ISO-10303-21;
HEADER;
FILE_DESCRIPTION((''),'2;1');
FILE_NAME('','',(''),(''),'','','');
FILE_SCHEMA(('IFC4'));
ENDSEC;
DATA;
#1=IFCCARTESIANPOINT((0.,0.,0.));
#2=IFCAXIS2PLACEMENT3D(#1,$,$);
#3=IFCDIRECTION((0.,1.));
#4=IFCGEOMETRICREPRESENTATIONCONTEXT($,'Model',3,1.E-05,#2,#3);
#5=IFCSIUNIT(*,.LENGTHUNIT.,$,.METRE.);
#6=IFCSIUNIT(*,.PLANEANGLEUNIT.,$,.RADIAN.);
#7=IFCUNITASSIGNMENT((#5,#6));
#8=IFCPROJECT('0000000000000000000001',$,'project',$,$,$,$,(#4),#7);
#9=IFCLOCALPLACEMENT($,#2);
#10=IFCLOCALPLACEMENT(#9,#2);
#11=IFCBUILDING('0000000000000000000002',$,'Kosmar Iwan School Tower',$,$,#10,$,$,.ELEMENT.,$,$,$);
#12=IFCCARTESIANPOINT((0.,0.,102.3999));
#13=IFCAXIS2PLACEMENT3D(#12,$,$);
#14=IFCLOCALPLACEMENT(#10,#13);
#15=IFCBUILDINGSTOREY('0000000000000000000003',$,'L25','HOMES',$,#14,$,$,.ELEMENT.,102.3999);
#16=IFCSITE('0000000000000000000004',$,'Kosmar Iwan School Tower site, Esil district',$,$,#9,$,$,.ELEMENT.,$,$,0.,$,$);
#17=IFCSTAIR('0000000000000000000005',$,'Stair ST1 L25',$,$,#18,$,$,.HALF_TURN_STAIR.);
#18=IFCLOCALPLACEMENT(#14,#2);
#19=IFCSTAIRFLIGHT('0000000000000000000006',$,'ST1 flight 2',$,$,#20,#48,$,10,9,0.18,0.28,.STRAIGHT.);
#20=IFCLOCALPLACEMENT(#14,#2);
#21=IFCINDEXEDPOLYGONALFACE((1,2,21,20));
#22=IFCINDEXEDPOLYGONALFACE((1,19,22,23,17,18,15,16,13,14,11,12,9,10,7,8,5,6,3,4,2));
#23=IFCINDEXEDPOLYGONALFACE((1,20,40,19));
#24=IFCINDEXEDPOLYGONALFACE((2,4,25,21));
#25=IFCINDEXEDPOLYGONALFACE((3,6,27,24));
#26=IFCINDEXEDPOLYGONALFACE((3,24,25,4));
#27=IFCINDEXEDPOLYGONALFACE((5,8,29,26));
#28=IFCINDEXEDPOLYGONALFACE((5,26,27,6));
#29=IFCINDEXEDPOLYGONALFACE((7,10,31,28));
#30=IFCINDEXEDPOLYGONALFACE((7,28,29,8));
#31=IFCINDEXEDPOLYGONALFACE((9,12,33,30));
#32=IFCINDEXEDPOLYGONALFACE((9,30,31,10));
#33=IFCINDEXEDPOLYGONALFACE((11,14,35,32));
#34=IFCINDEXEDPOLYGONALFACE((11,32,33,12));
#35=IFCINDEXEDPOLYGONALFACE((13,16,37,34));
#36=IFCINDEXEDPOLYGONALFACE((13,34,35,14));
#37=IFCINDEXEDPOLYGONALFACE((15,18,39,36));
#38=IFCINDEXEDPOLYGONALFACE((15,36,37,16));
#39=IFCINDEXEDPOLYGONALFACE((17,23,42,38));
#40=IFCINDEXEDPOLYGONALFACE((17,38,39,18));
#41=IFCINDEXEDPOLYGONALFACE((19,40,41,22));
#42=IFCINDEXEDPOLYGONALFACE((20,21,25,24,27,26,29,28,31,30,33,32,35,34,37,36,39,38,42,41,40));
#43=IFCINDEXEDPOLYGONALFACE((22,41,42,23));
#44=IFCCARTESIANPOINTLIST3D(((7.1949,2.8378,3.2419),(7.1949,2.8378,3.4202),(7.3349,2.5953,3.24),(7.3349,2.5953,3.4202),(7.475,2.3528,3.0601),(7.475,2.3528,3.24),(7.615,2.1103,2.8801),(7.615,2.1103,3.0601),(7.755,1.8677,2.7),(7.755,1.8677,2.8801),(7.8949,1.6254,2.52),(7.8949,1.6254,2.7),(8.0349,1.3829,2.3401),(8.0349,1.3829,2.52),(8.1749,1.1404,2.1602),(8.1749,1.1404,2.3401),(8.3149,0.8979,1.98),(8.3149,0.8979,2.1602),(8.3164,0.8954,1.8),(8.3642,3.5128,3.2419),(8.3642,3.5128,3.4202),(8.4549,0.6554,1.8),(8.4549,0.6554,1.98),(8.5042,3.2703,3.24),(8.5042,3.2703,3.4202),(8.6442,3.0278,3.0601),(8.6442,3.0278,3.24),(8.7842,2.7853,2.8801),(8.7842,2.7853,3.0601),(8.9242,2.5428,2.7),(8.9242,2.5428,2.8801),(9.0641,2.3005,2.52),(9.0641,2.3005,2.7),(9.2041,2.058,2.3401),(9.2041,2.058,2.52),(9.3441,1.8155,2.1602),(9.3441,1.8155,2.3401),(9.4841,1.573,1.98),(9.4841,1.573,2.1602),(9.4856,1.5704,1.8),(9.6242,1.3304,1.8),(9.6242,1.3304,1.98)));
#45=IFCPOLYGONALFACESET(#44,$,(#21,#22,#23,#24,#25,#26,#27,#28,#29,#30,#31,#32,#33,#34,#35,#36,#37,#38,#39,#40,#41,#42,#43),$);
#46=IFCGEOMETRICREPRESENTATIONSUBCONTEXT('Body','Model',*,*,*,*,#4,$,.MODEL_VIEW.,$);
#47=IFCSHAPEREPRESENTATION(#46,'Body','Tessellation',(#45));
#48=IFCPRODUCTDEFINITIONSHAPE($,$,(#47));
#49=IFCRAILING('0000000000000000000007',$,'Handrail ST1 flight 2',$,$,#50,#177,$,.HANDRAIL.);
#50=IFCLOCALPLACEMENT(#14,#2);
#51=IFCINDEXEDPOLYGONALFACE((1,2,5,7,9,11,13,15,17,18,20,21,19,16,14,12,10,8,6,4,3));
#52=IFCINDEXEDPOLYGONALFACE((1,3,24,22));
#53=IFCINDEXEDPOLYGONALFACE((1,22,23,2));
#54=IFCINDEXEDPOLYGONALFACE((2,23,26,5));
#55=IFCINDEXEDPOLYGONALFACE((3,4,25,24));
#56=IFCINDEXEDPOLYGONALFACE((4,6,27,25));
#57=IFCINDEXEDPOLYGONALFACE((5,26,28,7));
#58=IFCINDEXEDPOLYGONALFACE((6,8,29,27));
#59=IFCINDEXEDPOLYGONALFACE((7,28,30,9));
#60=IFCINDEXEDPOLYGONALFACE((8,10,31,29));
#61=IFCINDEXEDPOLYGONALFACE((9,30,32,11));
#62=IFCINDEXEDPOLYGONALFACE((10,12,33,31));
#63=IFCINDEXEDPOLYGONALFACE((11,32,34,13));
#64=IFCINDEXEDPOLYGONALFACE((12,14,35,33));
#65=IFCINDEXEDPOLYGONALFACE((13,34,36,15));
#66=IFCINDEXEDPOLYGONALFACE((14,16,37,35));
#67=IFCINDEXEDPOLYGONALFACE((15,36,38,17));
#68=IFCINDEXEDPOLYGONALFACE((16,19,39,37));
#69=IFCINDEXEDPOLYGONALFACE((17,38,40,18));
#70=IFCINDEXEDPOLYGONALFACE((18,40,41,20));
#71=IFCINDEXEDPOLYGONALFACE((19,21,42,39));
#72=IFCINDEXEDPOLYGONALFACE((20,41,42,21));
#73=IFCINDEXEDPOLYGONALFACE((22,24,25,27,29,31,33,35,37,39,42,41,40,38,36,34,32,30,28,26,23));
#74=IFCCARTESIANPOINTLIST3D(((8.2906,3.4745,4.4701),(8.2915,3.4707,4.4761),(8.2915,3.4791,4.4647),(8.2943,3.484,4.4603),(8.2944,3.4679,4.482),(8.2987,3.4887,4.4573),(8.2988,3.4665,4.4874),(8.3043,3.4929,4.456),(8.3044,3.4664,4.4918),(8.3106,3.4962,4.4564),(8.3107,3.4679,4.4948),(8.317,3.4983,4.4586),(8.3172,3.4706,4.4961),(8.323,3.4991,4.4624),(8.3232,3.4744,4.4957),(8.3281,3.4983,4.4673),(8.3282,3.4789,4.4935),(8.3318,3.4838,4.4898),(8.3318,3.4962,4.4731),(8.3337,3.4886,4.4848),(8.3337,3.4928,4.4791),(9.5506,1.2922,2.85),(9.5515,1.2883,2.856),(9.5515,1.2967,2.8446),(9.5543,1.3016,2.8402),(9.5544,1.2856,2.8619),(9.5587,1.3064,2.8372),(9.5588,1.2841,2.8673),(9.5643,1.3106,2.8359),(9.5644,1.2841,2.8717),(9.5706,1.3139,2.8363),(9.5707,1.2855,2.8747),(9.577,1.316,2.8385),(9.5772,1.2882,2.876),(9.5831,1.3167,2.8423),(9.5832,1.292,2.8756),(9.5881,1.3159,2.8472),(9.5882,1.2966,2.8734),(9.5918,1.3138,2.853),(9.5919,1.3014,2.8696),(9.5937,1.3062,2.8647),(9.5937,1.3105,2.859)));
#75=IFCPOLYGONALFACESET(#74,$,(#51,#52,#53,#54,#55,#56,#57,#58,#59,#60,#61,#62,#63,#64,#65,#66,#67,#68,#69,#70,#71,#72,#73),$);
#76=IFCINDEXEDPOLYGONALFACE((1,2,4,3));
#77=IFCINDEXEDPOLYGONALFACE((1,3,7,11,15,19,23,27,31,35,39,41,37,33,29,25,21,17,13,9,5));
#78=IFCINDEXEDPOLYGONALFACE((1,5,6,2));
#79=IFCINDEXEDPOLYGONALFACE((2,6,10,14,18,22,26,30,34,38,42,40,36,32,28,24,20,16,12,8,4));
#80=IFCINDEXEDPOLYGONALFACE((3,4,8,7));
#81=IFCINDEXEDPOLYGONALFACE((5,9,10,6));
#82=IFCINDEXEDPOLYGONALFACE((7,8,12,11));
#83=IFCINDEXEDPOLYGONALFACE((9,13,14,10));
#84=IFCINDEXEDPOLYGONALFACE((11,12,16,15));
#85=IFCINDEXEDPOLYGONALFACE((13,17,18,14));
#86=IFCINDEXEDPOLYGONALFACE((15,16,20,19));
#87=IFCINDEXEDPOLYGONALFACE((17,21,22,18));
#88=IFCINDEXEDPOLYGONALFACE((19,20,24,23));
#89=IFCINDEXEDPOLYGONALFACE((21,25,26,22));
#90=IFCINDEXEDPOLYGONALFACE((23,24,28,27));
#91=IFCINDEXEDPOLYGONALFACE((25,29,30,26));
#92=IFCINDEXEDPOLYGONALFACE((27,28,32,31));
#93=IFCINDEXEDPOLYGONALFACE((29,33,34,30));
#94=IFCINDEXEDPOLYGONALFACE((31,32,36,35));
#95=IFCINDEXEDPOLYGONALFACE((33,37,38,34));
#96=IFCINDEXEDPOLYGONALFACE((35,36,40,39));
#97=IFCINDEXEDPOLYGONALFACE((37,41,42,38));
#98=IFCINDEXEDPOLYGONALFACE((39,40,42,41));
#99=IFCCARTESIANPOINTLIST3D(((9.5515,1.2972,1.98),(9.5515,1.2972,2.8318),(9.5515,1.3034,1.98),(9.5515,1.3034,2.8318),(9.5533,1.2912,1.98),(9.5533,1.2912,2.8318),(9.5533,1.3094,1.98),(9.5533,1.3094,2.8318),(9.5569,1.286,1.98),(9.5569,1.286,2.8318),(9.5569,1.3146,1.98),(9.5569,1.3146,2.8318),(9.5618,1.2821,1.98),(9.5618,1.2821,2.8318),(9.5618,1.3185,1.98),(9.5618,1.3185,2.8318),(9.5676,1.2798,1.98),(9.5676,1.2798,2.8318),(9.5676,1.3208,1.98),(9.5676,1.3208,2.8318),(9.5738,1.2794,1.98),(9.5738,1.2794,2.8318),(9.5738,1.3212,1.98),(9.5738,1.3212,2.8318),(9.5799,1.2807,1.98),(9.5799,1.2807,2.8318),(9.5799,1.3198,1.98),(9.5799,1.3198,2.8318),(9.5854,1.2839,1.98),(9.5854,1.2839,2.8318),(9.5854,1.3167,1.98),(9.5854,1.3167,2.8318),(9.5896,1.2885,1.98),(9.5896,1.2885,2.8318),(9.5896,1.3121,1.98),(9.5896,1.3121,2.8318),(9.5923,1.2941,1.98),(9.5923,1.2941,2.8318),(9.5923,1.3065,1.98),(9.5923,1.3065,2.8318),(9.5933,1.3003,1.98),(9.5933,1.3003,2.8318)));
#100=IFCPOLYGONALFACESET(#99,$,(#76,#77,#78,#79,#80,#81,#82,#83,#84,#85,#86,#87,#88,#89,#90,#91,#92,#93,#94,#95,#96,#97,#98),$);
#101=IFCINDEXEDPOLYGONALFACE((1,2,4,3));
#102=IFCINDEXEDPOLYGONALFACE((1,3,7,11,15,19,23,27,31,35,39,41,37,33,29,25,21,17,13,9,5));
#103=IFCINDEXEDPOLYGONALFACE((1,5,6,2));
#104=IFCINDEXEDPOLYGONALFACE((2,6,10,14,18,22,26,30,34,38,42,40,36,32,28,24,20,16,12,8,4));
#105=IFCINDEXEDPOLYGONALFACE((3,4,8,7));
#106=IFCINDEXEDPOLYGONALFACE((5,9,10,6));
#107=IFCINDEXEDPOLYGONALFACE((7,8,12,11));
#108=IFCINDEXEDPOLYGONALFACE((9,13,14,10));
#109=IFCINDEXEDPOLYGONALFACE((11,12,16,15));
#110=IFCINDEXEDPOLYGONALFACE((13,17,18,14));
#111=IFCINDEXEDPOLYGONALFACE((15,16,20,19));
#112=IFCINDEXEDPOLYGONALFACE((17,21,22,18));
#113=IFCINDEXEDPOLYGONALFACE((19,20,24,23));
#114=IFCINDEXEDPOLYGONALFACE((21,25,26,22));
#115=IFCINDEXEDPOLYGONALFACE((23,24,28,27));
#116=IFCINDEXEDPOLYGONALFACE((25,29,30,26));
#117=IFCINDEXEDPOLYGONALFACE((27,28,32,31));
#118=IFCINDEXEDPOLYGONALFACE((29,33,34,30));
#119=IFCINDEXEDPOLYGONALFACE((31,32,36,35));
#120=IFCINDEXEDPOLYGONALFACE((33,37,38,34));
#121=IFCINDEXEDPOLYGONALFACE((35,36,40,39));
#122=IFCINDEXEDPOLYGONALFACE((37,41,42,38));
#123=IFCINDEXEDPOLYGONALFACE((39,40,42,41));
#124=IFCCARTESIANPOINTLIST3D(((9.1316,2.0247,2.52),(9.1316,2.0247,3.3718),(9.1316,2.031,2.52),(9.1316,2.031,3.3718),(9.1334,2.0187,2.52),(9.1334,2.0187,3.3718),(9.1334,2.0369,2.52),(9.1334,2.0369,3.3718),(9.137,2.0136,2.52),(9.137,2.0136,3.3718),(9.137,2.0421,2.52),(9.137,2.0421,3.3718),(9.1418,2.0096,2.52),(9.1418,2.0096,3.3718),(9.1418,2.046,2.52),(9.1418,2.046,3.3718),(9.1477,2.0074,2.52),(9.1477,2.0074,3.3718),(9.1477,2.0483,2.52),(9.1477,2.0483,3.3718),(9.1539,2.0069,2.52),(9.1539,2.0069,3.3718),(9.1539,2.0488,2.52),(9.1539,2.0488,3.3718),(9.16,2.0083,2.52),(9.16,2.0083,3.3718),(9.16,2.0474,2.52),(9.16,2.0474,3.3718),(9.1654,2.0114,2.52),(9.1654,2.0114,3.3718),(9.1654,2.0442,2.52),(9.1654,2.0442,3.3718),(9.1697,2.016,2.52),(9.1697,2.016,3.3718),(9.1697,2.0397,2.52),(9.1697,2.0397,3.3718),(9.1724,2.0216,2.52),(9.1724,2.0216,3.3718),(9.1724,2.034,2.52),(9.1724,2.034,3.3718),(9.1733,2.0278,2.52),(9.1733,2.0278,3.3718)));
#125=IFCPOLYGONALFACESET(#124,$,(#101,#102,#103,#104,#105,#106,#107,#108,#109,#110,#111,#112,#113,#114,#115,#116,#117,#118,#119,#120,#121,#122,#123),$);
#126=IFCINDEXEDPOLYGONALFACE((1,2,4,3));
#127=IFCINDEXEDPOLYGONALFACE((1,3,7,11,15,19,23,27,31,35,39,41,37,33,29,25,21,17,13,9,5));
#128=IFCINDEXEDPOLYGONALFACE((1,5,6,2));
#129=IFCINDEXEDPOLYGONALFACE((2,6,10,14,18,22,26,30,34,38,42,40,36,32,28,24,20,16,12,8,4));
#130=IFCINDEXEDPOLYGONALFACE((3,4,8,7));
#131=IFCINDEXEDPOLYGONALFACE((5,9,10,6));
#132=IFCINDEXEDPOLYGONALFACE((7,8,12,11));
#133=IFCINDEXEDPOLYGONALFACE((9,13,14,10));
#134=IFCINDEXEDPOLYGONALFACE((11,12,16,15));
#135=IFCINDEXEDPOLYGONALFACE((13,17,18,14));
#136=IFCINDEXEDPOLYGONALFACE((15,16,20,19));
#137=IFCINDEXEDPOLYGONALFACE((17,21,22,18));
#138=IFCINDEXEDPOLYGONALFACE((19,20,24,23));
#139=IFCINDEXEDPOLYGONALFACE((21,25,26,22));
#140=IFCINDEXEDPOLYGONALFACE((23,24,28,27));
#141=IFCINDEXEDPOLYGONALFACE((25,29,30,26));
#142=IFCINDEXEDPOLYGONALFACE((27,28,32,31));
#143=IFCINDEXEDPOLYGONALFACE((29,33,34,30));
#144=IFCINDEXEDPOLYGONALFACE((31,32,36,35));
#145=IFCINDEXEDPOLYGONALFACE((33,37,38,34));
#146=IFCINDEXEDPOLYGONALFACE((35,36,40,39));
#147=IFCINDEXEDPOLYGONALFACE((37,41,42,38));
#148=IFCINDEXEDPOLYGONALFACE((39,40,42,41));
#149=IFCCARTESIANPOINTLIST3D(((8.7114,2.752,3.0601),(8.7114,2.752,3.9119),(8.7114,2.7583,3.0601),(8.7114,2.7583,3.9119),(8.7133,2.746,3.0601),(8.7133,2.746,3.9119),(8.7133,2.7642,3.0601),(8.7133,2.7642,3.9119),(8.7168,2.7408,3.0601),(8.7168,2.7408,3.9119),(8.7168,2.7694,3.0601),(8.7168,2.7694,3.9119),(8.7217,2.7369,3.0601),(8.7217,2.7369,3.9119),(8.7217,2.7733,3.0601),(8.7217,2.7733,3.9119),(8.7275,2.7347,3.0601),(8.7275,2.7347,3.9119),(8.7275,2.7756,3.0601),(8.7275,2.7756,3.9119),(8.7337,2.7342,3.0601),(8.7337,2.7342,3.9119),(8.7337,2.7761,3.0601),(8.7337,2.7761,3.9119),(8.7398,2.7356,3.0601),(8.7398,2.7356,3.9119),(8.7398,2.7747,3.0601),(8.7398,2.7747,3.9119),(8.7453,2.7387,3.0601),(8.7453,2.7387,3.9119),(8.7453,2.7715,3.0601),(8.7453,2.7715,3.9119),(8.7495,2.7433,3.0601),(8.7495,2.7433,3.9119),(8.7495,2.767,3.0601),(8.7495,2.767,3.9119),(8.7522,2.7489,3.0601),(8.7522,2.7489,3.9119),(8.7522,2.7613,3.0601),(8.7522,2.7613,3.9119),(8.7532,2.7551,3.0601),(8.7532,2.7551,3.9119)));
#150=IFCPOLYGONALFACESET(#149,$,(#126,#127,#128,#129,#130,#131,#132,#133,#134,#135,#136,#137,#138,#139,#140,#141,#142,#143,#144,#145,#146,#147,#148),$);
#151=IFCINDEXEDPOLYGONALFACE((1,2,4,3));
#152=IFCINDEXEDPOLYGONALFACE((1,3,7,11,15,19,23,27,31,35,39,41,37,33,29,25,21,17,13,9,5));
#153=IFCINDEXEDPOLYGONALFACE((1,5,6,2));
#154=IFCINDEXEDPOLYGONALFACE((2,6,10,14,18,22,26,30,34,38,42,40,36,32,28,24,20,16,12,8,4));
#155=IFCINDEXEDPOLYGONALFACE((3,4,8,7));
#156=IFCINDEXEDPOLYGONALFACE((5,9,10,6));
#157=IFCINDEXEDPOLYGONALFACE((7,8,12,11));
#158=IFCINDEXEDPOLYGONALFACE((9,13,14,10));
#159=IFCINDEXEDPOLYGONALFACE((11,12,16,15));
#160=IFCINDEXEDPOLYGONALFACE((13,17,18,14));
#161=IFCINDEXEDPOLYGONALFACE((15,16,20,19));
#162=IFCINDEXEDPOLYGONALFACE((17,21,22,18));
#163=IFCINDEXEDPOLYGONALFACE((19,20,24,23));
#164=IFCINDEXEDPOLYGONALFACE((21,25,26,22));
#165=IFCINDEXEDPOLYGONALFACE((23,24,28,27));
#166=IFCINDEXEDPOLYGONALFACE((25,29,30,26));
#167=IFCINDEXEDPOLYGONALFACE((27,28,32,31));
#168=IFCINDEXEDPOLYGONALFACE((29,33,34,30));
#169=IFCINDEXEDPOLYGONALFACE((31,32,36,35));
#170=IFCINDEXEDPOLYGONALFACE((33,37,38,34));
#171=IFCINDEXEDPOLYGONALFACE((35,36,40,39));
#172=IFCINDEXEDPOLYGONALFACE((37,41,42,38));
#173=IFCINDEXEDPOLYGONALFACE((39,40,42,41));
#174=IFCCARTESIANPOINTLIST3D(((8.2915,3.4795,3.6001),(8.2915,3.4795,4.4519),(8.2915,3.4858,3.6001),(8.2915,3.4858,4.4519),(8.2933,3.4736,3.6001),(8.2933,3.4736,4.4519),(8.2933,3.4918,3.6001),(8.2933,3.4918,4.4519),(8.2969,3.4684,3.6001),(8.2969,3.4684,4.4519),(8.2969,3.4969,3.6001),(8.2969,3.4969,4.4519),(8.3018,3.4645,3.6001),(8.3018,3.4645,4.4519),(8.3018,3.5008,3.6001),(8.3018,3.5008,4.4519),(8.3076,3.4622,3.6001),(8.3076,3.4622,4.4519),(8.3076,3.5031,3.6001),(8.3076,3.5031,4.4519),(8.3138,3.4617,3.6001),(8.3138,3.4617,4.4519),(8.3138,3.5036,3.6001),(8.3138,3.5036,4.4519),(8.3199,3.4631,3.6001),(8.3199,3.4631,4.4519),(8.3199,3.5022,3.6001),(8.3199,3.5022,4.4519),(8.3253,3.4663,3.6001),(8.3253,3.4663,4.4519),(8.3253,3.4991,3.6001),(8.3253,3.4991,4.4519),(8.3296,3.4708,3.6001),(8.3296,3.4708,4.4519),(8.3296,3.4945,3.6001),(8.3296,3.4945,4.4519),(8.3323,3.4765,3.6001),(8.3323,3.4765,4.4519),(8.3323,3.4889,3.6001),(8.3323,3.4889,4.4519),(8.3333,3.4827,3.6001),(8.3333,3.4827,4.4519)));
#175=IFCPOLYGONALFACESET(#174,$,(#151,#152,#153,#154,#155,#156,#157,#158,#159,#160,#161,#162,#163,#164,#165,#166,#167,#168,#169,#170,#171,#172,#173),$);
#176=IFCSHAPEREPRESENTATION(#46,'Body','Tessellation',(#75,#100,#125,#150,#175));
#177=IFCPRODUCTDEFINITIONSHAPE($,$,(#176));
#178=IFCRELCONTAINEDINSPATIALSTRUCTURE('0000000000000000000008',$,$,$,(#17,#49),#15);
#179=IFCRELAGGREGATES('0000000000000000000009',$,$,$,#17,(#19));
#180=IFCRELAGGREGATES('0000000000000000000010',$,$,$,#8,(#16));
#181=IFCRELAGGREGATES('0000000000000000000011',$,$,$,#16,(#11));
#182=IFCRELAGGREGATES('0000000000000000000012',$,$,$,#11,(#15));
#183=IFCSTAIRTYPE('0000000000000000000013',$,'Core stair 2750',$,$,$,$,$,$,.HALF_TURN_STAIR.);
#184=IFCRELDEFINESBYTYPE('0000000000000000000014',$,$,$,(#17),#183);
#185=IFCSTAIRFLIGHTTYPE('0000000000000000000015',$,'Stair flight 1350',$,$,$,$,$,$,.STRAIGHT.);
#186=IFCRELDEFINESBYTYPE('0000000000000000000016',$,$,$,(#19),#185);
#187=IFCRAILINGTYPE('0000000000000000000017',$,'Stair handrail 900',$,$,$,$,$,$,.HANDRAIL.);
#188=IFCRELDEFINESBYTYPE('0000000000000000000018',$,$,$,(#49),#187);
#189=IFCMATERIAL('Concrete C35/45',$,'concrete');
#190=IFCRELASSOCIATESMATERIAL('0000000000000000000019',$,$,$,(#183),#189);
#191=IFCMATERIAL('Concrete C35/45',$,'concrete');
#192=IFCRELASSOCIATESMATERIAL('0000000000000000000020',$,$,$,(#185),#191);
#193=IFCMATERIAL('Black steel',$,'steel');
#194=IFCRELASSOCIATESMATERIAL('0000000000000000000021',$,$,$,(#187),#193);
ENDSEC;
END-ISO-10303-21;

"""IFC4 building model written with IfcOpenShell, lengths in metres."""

from ifc_helpers import new_model, si_unit, direction, frame, origin, origin_2d, place, context, subcontext, project, spatial, polyline, circle, outline, extrude, material, type_object, element, aggregate, save


model = new_model("IFC4")

# Units and contexts
model_context = context("Model", 3, precision=1e-05, world=origin(), true_north=direction((0.0, 1.0)))
body_context = subcontext(model_context, "Body", "Model", "MODEL_VIEW")
ifc_project = project(units=[si_unit("LENGTHUNIT", "METRE"), si_unit("PLANEANGLEUNIT", "RADIAN")], contexts=[model_context])

# Site, building, storey
site_placement = place(None, origin())
site = spatial("IfcSite", under=ifc_project, at=site_placement, Name="Kosmar Iwan School Tower site, Esil district", CompositionType="ELEMENT", RefElevation=0.0)
building_placement = place(site_placement, origin())
building = spatial("IfcBuilding", under=site, at=building_placement, Name="Kosmar Iwan School Tower", CompositionType="ELEMENT")
storey_placement = place(building_placement, frame((0.0, 0.0, 102.3999)))
storey = spatial("IfcBuildingStorey", under=building, at=storey_placement, Name="L25", Description="HOMES", CompositionType="ELEMENT", Elevation=102.3999)

# Stair, stair flight
ifc_material_1 = material(Name="Concrete C35/45", Category="concrete")
stair_type = type_object("IfcStairType", Name="Core stair 2750", PredefinedType="HALF_TURN_STAIR", material=ifc_material_1)
stair_placement = place(storey_placement, origin())
stair = element("IfcStair", 1, at=stair_placement, inside=storey, type_object=stair_type, Name="Stair ST1 L25", PredefinedType="HALF_TURN_STAIR")
ifc_material_2 = material(Name="Concrete C35/45", Category="concrete")
stair_flight_type = type_object("IfcStairFlightType", Name="Stair flight 1350", PredefinedType="STRAIGHT", material=ifc_material_2)
stair_flight_placement = place(storey_placement, frame((9.0396, 0.9929, 1.8), z_axis=(0.0, 0.0, 1.0), x_axis=(-0.5, 0.866025, 0.0)))
stair_flight = element("IfcStairFlight", 2, at=stair_flight_placement, type_object=stair_flight_type, Name="ST1 flight 2", NumberOfRisers=10, NumberOfTreads=9, PredefinedType="STRAIGHT", RiserHeight=0.18, TreadLength=0.28, context=body_context, shape_type="SweptSolid", body=[
    extrude(outline(polyline([(0.0, 0.0), (0.0, 0.1799), (0.28, 0.1799), (0.28, 0.3601), (0.5601, 0.3601), (0.5601, 0.54), (0.8401, 0.54), (0.8401, 0.72), (1.1201, 0.72), (1.1201, 0.8999), (1.3999, 0.8999), (1.3999, 1.0801), (1.6799, 1.0801), (1.6799, 1.26), (1.96, 1.26), (1.96, 1.4399), (2.24, 1.4399), (2.24, 1.6201), (2.52, 1.6201), (2.52, 1.8), (2.52, 1.4419), (0.2771, 0.0), (0.0, 0.0)])), frame((0.0, 0.675, 0.0), z_axis=(0.0, -1.0, 0.0), x_axis=(1.0, 0.0, 0.0)), (0.0, 0.0, 1.0), 1.3501),
])
aggregate(stair, [stair_flight])

# Railing
ifc_material_3 = material(Name="Black steel", Category="steel")
railing_type = type_object("IfcRailingType", Name="Stair handrail 900", PredefinedType="HANDRAIL", material=ifc_material_3)
railing_placement = place(storey_placement, frame((9.5723, 1.3003, 1.98)))
element("IfcRailing", 3, at=railing_placement, inside=storey, type_object=railing_type, Name="Handrail ST1 flight 2", PredefinedType="HANDRAIL", context=body_context, shape_type="SweptSolid", body=[
    extrude(circle(Radius=0.0239, at=origin_2d()), frame((0.0, 0.0, 0.876), z_axis=(-0.420584, 0.728464, 0.540786), x_axis=(-0.866023, -0.500005, 0.0)), (0.0, 0.0, 1.0), 2.9958),
    extrude(circle(Radius=0.021, at=origin_2d()), origin(), (0.0, 0.0, 1.0), 0.8518),
    extrude(circle(Radius=0.021, at=origin_2d()), frame((-0.4199, 0.7275, 0.54)), (0.0, 0.0, 1.0), 0.8518),
    extrude(circle(Radius=0.021, at=origin_2d()), frame((-0.8401, 1.4548, 1.0801)), (0.0, 0.0, 1.0), 0.8518),
    extrude(circle(Radius=0.021, at=origin_2d()), frame((-1.26, 2.1824, 1.6201)), (0.0, 0.0, 1.0), 0.8518),
])

save(model, "model.ifc")
